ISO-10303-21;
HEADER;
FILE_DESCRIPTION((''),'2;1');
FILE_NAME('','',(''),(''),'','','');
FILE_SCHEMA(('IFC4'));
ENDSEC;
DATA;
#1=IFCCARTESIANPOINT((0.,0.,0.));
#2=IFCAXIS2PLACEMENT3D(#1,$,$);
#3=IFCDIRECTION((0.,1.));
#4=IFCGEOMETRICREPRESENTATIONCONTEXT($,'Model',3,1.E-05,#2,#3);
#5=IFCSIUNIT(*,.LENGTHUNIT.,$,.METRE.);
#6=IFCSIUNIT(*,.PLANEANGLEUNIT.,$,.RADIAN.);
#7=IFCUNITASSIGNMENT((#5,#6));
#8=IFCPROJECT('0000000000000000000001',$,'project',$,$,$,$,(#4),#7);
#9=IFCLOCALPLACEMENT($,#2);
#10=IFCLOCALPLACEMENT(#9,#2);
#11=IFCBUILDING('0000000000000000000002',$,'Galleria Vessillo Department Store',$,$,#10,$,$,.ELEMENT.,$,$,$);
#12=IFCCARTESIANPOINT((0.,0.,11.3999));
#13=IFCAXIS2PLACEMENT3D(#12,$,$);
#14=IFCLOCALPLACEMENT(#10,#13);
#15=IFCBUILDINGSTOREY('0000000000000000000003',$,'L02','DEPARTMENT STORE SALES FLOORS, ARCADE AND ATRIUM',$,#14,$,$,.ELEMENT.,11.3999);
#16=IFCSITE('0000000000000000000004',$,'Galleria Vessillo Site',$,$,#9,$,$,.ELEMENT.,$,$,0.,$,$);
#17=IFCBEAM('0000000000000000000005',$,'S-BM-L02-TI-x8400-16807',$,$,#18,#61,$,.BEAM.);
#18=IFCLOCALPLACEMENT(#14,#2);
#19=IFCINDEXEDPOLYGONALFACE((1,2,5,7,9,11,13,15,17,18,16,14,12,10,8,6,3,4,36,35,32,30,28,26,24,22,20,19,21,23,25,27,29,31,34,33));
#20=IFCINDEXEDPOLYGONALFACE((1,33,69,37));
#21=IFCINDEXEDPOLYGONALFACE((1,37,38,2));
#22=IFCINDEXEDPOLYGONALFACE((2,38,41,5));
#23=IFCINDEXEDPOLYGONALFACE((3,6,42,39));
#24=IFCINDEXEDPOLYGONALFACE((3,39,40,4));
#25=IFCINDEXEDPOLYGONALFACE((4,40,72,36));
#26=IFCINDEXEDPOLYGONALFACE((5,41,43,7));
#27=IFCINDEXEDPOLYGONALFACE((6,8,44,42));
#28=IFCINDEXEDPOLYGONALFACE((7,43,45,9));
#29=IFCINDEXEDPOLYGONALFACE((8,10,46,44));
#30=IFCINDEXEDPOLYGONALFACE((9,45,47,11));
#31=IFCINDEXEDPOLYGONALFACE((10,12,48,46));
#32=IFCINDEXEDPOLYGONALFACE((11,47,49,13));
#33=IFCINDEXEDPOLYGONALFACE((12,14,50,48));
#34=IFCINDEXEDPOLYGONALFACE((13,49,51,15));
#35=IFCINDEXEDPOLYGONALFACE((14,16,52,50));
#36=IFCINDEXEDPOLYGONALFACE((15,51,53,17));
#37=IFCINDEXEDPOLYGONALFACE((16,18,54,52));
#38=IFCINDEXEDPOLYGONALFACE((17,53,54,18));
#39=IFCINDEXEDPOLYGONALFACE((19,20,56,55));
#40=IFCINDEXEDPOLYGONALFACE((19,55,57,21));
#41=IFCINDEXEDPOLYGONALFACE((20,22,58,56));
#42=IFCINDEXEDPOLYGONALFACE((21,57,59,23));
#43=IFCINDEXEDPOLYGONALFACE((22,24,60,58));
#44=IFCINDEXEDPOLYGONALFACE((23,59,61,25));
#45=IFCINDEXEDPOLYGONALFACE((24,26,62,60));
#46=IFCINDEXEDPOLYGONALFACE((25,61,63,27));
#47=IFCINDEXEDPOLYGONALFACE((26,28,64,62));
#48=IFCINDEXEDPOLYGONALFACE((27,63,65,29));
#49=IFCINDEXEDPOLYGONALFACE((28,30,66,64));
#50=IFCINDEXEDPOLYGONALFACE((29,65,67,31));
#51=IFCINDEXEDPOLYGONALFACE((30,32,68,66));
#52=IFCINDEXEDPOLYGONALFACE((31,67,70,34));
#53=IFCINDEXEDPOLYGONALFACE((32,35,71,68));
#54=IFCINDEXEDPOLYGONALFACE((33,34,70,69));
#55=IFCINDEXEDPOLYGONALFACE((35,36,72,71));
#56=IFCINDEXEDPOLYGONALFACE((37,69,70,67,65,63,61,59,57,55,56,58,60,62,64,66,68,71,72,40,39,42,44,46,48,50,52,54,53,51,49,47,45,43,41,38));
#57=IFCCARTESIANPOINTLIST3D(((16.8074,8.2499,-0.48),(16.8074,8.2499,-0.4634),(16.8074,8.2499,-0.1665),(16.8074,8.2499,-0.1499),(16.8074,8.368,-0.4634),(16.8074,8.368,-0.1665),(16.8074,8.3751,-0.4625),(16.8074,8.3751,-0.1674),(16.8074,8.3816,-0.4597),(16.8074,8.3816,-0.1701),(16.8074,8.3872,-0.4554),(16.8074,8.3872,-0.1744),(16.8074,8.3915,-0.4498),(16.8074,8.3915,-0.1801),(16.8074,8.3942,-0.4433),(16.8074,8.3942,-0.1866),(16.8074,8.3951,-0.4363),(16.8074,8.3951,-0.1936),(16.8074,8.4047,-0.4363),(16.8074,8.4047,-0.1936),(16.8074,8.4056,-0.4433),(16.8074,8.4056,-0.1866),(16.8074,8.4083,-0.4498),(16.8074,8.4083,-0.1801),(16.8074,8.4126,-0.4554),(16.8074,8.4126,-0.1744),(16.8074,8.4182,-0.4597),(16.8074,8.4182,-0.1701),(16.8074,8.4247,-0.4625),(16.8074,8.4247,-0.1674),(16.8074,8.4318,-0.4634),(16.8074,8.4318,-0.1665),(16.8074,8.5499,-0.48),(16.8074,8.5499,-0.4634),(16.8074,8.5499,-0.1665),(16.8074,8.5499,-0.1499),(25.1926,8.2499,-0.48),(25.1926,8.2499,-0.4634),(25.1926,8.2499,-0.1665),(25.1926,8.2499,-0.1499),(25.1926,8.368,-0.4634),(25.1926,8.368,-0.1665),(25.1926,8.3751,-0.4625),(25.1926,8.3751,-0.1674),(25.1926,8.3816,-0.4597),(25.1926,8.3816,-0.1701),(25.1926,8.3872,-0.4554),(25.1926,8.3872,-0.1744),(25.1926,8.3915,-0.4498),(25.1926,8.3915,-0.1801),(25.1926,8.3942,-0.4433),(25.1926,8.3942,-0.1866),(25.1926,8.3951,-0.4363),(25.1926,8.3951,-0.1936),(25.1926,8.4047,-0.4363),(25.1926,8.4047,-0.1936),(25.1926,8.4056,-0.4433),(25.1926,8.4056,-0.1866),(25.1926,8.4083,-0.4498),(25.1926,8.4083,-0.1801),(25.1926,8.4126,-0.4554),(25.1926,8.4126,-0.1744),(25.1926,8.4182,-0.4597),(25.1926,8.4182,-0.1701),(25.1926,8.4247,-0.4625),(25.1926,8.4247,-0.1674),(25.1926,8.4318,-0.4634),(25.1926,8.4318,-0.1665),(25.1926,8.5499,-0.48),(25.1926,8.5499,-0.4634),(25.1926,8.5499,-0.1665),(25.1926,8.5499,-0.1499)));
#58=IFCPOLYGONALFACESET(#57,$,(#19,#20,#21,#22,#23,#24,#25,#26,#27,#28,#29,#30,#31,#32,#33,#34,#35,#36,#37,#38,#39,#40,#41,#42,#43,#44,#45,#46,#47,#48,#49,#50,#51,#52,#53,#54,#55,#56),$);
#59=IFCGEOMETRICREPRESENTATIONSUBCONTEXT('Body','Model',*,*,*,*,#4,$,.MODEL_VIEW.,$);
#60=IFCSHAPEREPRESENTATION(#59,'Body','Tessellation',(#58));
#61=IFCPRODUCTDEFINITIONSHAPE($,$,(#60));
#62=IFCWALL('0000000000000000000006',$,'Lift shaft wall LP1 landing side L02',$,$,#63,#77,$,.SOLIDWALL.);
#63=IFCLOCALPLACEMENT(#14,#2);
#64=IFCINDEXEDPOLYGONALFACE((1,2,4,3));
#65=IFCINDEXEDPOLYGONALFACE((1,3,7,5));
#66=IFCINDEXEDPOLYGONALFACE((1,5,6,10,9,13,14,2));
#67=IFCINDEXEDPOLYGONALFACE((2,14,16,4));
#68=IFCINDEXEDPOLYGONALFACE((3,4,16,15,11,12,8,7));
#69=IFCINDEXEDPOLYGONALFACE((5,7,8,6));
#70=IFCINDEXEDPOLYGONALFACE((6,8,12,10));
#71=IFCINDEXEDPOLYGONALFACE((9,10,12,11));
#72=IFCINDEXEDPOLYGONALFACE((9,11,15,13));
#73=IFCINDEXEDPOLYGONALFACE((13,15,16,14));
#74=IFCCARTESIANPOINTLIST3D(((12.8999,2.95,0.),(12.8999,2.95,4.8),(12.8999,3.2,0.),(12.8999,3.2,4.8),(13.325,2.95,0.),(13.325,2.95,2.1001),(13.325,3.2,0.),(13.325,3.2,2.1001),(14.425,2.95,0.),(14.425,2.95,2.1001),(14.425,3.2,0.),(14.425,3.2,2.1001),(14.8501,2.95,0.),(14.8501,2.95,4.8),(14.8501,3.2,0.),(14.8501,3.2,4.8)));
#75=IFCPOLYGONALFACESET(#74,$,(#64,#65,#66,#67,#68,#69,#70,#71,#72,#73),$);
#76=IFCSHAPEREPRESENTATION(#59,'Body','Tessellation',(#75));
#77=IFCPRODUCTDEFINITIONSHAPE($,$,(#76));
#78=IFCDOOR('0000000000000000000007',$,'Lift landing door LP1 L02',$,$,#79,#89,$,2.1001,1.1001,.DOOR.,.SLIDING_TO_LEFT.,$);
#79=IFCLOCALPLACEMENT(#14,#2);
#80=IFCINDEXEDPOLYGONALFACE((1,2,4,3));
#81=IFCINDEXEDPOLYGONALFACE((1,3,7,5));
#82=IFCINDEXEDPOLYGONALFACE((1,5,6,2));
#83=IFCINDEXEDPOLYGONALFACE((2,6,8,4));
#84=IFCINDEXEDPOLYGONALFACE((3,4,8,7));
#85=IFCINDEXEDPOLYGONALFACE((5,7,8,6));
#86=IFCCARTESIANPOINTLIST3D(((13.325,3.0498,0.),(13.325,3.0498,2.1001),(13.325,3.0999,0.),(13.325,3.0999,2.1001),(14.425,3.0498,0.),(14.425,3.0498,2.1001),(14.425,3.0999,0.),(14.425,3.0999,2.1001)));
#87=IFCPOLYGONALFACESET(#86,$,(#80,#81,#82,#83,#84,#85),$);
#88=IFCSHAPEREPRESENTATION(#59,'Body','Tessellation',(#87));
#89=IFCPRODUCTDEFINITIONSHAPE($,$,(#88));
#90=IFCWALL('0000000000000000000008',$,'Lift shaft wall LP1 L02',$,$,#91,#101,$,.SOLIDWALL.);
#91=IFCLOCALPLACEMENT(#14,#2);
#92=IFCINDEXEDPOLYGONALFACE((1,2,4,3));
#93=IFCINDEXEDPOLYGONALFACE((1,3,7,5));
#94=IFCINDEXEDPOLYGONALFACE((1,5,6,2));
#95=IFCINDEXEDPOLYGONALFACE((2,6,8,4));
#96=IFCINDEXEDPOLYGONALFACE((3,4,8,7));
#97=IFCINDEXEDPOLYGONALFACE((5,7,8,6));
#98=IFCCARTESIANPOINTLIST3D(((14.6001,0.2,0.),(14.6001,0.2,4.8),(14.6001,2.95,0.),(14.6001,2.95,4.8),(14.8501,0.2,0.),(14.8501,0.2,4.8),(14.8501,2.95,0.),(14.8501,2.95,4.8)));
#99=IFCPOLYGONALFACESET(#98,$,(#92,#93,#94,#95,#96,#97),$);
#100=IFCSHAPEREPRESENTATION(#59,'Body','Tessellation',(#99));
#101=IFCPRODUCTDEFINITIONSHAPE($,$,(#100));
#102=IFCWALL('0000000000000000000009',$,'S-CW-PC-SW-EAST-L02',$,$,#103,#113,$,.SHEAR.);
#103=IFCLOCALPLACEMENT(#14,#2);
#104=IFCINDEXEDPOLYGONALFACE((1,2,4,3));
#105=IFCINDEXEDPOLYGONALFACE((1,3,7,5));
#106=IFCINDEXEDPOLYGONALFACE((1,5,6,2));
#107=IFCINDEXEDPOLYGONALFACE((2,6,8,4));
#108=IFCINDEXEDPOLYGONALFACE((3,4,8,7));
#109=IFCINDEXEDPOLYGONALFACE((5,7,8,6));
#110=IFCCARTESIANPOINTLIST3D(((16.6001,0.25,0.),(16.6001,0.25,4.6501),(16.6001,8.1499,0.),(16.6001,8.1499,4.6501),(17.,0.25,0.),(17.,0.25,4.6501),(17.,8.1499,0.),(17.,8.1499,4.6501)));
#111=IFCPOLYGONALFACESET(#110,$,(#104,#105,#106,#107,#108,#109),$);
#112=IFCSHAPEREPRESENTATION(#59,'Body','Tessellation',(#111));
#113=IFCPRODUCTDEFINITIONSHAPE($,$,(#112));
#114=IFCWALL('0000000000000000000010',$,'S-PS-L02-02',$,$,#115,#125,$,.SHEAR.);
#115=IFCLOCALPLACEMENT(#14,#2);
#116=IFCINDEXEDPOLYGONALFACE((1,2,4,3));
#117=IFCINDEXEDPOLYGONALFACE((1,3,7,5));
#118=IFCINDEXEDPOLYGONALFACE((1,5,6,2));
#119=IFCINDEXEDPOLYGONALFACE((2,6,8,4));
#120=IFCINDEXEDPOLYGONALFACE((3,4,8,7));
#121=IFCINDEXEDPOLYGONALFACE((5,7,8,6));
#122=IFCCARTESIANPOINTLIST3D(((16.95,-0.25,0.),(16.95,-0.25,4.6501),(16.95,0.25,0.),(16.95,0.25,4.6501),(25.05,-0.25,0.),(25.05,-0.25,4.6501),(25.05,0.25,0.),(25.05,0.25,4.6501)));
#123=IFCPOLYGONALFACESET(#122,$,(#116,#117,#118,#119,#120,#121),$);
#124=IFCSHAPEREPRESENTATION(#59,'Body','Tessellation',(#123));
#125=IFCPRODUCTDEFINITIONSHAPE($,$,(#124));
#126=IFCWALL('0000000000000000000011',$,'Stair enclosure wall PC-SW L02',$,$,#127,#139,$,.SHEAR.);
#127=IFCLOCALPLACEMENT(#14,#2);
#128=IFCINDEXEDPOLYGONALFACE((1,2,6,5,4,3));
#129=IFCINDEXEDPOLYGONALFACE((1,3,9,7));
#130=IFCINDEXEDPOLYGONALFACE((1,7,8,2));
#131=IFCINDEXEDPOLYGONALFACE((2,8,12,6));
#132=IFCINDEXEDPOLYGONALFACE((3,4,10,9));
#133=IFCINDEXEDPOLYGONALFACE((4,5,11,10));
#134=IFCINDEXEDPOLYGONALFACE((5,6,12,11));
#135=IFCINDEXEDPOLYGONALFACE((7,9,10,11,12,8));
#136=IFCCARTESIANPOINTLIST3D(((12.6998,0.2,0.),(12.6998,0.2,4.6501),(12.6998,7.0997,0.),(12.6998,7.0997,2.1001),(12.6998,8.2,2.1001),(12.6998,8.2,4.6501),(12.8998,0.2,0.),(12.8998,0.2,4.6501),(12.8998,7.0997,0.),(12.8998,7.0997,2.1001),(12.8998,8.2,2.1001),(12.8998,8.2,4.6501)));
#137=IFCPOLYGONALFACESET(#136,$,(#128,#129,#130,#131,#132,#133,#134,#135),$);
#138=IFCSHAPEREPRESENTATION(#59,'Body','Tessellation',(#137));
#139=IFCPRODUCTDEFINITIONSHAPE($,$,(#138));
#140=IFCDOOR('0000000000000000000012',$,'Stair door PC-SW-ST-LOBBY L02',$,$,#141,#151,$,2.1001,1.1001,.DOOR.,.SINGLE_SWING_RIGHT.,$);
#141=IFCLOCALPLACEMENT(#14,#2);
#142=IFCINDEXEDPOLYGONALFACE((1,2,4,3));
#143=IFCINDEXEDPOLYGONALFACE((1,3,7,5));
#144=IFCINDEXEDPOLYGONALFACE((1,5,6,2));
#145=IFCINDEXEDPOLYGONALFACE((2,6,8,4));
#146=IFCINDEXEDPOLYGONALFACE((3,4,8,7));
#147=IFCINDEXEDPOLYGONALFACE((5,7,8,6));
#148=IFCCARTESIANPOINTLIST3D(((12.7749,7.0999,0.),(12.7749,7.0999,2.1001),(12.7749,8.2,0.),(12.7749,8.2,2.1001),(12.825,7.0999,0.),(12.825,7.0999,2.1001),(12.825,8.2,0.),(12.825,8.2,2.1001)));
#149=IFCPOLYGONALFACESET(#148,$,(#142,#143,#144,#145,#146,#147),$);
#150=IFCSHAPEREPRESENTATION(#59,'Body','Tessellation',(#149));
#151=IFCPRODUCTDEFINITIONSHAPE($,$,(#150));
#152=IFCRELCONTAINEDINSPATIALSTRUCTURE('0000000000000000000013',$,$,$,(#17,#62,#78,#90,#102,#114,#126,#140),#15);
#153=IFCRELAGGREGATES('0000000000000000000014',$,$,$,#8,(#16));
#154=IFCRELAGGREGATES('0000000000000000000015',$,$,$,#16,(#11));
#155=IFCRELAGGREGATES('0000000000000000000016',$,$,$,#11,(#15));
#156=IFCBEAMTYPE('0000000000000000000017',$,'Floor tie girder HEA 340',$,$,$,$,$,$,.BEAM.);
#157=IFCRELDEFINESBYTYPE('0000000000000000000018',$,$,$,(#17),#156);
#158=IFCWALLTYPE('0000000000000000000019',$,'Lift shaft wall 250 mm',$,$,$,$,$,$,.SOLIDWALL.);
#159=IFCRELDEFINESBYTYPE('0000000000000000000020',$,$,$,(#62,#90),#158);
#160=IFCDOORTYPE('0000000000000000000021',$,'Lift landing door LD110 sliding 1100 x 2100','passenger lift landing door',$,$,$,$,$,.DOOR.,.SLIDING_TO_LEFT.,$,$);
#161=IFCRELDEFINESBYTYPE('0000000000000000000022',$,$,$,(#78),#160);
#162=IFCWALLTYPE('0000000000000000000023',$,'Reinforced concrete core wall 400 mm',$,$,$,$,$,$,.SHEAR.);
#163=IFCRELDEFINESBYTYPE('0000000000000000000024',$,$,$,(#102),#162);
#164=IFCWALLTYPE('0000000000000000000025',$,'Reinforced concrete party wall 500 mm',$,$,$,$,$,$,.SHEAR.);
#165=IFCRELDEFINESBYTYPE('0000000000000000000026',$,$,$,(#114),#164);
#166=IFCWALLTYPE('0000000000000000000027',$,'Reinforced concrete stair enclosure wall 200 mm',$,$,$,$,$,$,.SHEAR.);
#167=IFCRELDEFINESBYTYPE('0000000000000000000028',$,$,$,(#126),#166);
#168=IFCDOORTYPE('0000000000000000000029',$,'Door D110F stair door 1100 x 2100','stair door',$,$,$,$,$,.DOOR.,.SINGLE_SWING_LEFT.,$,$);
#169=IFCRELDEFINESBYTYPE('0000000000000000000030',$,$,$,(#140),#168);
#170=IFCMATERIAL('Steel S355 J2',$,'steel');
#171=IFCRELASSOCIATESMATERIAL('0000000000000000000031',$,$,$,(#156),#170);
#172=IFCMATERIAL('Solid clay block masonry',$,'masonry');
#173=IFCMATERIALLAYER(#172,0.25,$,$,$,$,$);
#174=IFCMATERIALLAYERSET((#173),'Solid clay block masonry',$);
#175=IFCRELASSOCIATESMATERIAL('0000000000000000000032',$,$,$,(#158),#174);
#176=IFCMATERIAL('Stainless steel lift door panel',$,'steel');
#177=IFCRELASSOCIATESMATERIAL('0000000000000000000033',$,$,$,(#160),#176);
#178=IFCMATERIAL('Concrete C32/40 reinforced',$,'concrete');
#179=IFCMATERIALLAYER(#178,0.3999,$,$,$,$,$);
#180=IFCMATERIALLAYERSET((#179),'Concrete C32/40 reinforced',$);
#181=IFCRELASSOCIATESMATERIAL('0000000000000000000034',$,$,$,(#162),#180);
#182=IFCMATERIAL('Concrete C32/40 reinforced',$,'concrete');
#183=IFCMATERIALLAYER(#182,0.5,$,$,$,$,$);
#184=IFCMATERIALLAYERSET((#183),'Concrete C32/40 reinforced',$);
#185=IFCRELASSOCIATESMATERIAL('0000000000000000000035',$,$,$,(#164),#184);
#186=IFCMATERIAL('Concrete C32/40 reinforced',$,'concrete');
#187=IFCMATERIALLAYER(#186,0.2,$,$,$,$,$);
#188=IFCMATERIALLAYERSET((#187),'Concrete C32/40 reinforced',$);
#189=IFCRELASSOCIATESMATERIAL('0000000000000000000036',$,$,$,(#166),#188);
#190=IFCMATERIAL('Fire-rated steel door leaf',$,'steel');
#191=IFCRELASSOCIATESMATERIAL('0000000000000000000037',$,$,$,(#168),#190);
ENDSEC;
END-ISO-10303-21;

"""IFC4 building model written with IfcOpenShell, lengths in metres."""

from ifc_helpers import new_model, si_unit, direction, frame, frame_2d, origin, origin_2d, place, context, subcontext, project, spatial, rectangle, i_section, extrude, material, layer, layer_set, material_profile, profile_set, type_object, element, fill, save


model = new_model("IFC4")

# Units and contexts
model_context = context("Model", 3, precision=1e-05, world=origin(), true_north=direction((0.0, 1.0)))
body_context = subcontext(model_context, "Body", "Model", "MODEL_VIEW")
ifc_project = project(units=[si_unit("LENGTHUNIT", "METRE"), si_unit("PLANEANGLEUNIT", "RADIAN")], contexts=[model_context])

# Site, building, storey
site_placement = place(None, origin())
site = spatial("IfcSite", under=ifc_project, at=site_placement, Name="Galleria Vessillo Site", CompositionType="ELEMENT", RefElevation=0.0)
building_placement = place(site_placement, origin())
building = spatial("IfcBuilding", under=site, at=building_placement, Name="Galleria Vessillo Department Store", CompositionType="ELEMENT")
storey_placement = place(building_placement, frame((0.0, 0.0, 11.3999)))
storey = spatial("IfcBuildingStorey", under=building, at=storey_placement, Name="L02", Description="DEPARTMENT STORE SALES FLOORS, ARCADE AND ATRIUM", CompositionType="ELEMENT", Elevation=11.3999)

# Beam
ifc_material_1 = material(Name="Steel S355 J2", Category="steel")
ifc_material_profile_1 = material_profile(ifc_material_1, i_section(OverallWidth=0.3, OverallDepth=0.3301, WebThickness=0.0095, FlangeThickness=0.0166, FilletRadius=0.0271, at=origin_2d()), Name="HEA 340")
ifc_profile_set_1 = profile_set([ifc_material_profile_1], Name="Steel S355 J2")
beam_type_1 = type_object("IfcBeamType", Name="Floor tie girder HEA 340", PredefinedType="BEAM", material=ifc_profile_set_1)
beam_placement = place(storey_placement, frame((16.8074, 8.3999, -0.3149), z_axis=(1.0, 0.0, 0.0), x_axis=(0.0, 1.0, 0.0)))
element("IfcBeam", 1, at=beam_placement, inside=storey, type_object=beam_type_1, Name="S-BM-L02-TI-x8400-16807", PredefinedType="BEAM", context=body_context, shape_type="SweptSolid", body=[
    extrude(i_section(OverallWidth=0.3, OverallDepth=0.3301, WebThickness=0.0095, FlangeThickness=0.0166, FilletRadius=0.0271, at=origin_2d()), origin(), (0.0, 0.0, 1.0), 8.3853),
])

# Wall, opening, door
ifc_material_2 = material(Name="Solid clay block masonry", Category="masonry")
ifc_layer_1 = layer(ifc_material_2, 0.25)
ifc_layer_set_1 = layer_set([ifc_layer_1], Name="Solid clay block masonry")
wall_type_1 = type_object("IfcWallType", Name="Lift shaft wall 250 mm", PredefinedType="SOLIDWALL", material=ifc_layer_set_1)
wall_1_placement = place(storey_placement, frame((12.8999, 3.075, 0.0), z_axis=(0.0, 0.0, 1.0), x_axis=(1.0, 0.0, 0.0)))
wall_1 = element("IfcWall", 2, at=wall_1_placement, inside=storey, type_object=wall_type_1, Name="Lift shaft wall LP1 landing side L02", PredefinedType="SOLIDWALL", context=body_context, shape_type="SweptSolid", body=[
    extrude(rectangle(XDim=1.9502, YDim=0.25, at=frame_2d((0.9751, 0.0))), origin(), (0.0, 0.0, 1.0), 4.8),
])
opening_1_placement = place(wall_1_placement, frame((0.425, 0.0, 0.0)))
opening_1 = element("IfcOpeningElement", 3, at=opening_1_placement, cuts=wall_1, PredefinedType="OPENING", context=body_context, shape_type="SweptSolid", body=[
    extrude(rectangle(XDim=1.1001, YDim=2.1001, at=frame_2d((0.55, 1.05))), frame((0.0, 0.135, 0.0), z_axis=(0.0, -1.0, 0.0), x_axis=(1.0, 0.0, 0.0)), (0.0, 0.0, 1.0), 0.27),
])
ifc_material_3 = material(Name="Stainless steel lift door panel", Category="steel")
door_type_1 = type_object("IfcDoorType", Name="Lift landing door LD110 sliding 1100 x 2100", Description="passenger lift landing door", OperationType="SLIDING_TO_LEFT", PredefinedType="DOOR", material=ifc_material_3)
door_1_placement = place(opening_1_placement, origin())
door_1 = element("IfcDoor", 4, at=door_1_placement, inside=storey, type_object=door_type_1, Name="Lift landing door LP1 L02", OperationType="SLIDING_TO_LEFT", OverallHeight=2.1001, OverallWidth=1.1001, PredefinedType="DOOR", context=body_context, shape_type="SweptSolid", body=[
    extrude(rectangle(XDim=1.1001, YDim=2.1001, at=frame_2d((0.55, 1.05))), frame((0.0, 0.0249, 0.0), z_axis=(0.0, -1.0, 0.0), x_axis=(1.0, 0.0, 0.0)), (0.0, 0.0, 1.0), 0.05),
])
fill(opening_1, door_1)

# Walls
wall_2_placement = place(storey_placement, frame((14.7251, 0.2, 0.0), z_axis=(0.0, 0.0, 1.0), x_axis=(0.0, 1.0, 0.0)))
element("IfcWall", 5, at=wall_2_placement, inside=storey, type_object=wall_type_1, Name="Lift shaft wall LP1 L02", PredefinedType="SOLIDWALL", context=body_context, shape_type="SweptSolid", body=[
    extrude(rectangle(XDim=2.75, YDim=0.25, at=frame_2d((1.375, 0.0))), origin(), (0.0, 0.0, 1.0), 4.8),
])
ifc_material_4 = material(Name="Concrete C32/40 reinforced", Category="concrete")
ifc_layer_2 = layer(ifc_material_4, 0.3999)
ifc_layer_set_2 = layer_set([ifc_layer_2], Name="Concrete C32/40 reinforced")
wall_type_2 = type_object("IfcWallType", Name="Reinforced concrete core wall 400 mm", PredefinedType="SHEAR", material=ifc_layer_set_2)
wall_3_placement = place(storey_placement, frame((16.8, 0.25, 0.0), z_axis=(0.0, 0.0, 1.0), x_axis=(0.0, 1.0, 0.0)))
element("IfcWall", 6, at=wall_3_placement, inside=storey, type_object=wall_type_2, Name="S-CW-PC-SW-EAST-L02", PredefinedType="SHEAR", context=body_context, shape_type="SweptSolid", body=[
    extrude(rectangle(XDim=7.8999, YDim=0.3999, at=frame_2d((3.95, 0.0))), origin(), (0.0, 0.0, 1.0), 4.6501),
])
ifc_material_5 = material(Name="Concrete C32/40 reinforced", Category="concrete")
ifc_layer_3 = layer(ifc_material_5, 0.5)
ifc_layer_set_3 = layer_set([ifc_layer_3], Name="Concrete C32/40 reinforced")
wall_type_3 = type_object("IfcWallType", Name="Reinforced concrete party wall 500 mm", PredefinedType="SHEAR", material=ifc_layer_set_3)
wall_4_placement = place(storey_placement, frame((16.95, 0.0, 0.0), z_axis=(0.0, 0.0, 1.0), x_axis=(1.0, 0.0, 0.0)))
element("IfcWall", 7, at=wall_4_placement, inside=storey, type_object=wall_type_3, Name="S-PS-L02-02", PredefinedType="SHEAR", context=body_context, shape_type="SweptSolid", body=[
    extrude(rectangle(XDim=8.1001, YDim=0.5, at=frame_2d((4.05, 0.0))), origin(), (0.0, 0.0, 1.0), 4.6501),
])

# Wall, opening, door
ifc_material_6 = material(Name="Concrete C32/40 reinforced", Category="concrete")
ifc_layer_4 = layer(ifc_material_6, 0.2)
ifc_layer_set_4 = layer_set([ifc_layer_4], Name="Concrete C32/40 reinforced")
wall_type_4 = type_object("IfcWallType", Name="Reinforced concrete stair enclosure wall 200 mm", PredefinedType="SHEAR", material=ifc_layer_set_4)
wall_5_placement = place(storey_placement, frame((12.7998, 0.2, 0.0), z_axis=(0.0, 0.0, 1.0), x_axis=(0.0, 1.0, 0.0)))
wall_5 = element("IfcWall", 8, at=wall_5_placement, inside=storey, type_object=wall_type_4, Name="Stair enclosure wall PC-SW L02", PredefinedType="SHEAR", context=body_context, shape_type="SweptSolid", body=[
    extrude(rectangle(XDim=8.0, YDim=0.2, at=frame_2d((4.0, 0.0))), origin(), (0.0, 0.0, 1.0), 4.6501),
])
opening_2_placement = place(wall_5_placement, frame((6.8999, 0.0, 0.0)))
opening_2 = element("IfcOpeningElement", 9, at=opening_2_placement, cuts=wall_5, PredefinedType="OPENING", context=body_context, shape_type="SweptSolid", body=[
    extrude(rectangle(XDim=1.1101, YDim=2.1001, at=frame_2d((0.5549, 1.05))), frame((0.0, 0.1099, 0.0), z_axis=(0.0, -1.0, 0.0), x_axis=(1.0, 0.0, 0.0)), (0.0, 0.0, 1.0), 0.22),
])
ifc_material_7 = material(Name="Fire-rated steel door leaf", Category="steel")
door_type_2 = type_object("IfcDoorType", Name="Door D110F stair door 1100 x 2100", Description="stair door", OperationType="SINGLE_SWING_LEFT", PredefinedType="DOOR", material=ifc_material_7)
door_2_placement = place(opening_2_placement, origin())
door_2 = element("IfcDoor", 10, at=door_2_placement, inside=storey, type_object=door_type_2, Name="Stair door PC-SW-ST-LOBBY L02", OperationType="SINGLE_SWING_RIGHT", OverallHeight=2.1001, OverallWidth=1.1001, PredefinedType="DOOR", context=body_context, shape_type="SweptSolid", body=[
    extrude(rectangle(XDim=1.1001, YDim=2.1001, at=frame_2d((0.55, 1.05))), frame((0.0, 0.0249, 0.0), z_axis=(0.0, -1.0, 0.0), x_axis=(1.0, 0.0, 0.0)), (0.0, 0.0, 1.0), 0.05),
])
fill(opening_2, door_2)

save(model, "model.ifc")
